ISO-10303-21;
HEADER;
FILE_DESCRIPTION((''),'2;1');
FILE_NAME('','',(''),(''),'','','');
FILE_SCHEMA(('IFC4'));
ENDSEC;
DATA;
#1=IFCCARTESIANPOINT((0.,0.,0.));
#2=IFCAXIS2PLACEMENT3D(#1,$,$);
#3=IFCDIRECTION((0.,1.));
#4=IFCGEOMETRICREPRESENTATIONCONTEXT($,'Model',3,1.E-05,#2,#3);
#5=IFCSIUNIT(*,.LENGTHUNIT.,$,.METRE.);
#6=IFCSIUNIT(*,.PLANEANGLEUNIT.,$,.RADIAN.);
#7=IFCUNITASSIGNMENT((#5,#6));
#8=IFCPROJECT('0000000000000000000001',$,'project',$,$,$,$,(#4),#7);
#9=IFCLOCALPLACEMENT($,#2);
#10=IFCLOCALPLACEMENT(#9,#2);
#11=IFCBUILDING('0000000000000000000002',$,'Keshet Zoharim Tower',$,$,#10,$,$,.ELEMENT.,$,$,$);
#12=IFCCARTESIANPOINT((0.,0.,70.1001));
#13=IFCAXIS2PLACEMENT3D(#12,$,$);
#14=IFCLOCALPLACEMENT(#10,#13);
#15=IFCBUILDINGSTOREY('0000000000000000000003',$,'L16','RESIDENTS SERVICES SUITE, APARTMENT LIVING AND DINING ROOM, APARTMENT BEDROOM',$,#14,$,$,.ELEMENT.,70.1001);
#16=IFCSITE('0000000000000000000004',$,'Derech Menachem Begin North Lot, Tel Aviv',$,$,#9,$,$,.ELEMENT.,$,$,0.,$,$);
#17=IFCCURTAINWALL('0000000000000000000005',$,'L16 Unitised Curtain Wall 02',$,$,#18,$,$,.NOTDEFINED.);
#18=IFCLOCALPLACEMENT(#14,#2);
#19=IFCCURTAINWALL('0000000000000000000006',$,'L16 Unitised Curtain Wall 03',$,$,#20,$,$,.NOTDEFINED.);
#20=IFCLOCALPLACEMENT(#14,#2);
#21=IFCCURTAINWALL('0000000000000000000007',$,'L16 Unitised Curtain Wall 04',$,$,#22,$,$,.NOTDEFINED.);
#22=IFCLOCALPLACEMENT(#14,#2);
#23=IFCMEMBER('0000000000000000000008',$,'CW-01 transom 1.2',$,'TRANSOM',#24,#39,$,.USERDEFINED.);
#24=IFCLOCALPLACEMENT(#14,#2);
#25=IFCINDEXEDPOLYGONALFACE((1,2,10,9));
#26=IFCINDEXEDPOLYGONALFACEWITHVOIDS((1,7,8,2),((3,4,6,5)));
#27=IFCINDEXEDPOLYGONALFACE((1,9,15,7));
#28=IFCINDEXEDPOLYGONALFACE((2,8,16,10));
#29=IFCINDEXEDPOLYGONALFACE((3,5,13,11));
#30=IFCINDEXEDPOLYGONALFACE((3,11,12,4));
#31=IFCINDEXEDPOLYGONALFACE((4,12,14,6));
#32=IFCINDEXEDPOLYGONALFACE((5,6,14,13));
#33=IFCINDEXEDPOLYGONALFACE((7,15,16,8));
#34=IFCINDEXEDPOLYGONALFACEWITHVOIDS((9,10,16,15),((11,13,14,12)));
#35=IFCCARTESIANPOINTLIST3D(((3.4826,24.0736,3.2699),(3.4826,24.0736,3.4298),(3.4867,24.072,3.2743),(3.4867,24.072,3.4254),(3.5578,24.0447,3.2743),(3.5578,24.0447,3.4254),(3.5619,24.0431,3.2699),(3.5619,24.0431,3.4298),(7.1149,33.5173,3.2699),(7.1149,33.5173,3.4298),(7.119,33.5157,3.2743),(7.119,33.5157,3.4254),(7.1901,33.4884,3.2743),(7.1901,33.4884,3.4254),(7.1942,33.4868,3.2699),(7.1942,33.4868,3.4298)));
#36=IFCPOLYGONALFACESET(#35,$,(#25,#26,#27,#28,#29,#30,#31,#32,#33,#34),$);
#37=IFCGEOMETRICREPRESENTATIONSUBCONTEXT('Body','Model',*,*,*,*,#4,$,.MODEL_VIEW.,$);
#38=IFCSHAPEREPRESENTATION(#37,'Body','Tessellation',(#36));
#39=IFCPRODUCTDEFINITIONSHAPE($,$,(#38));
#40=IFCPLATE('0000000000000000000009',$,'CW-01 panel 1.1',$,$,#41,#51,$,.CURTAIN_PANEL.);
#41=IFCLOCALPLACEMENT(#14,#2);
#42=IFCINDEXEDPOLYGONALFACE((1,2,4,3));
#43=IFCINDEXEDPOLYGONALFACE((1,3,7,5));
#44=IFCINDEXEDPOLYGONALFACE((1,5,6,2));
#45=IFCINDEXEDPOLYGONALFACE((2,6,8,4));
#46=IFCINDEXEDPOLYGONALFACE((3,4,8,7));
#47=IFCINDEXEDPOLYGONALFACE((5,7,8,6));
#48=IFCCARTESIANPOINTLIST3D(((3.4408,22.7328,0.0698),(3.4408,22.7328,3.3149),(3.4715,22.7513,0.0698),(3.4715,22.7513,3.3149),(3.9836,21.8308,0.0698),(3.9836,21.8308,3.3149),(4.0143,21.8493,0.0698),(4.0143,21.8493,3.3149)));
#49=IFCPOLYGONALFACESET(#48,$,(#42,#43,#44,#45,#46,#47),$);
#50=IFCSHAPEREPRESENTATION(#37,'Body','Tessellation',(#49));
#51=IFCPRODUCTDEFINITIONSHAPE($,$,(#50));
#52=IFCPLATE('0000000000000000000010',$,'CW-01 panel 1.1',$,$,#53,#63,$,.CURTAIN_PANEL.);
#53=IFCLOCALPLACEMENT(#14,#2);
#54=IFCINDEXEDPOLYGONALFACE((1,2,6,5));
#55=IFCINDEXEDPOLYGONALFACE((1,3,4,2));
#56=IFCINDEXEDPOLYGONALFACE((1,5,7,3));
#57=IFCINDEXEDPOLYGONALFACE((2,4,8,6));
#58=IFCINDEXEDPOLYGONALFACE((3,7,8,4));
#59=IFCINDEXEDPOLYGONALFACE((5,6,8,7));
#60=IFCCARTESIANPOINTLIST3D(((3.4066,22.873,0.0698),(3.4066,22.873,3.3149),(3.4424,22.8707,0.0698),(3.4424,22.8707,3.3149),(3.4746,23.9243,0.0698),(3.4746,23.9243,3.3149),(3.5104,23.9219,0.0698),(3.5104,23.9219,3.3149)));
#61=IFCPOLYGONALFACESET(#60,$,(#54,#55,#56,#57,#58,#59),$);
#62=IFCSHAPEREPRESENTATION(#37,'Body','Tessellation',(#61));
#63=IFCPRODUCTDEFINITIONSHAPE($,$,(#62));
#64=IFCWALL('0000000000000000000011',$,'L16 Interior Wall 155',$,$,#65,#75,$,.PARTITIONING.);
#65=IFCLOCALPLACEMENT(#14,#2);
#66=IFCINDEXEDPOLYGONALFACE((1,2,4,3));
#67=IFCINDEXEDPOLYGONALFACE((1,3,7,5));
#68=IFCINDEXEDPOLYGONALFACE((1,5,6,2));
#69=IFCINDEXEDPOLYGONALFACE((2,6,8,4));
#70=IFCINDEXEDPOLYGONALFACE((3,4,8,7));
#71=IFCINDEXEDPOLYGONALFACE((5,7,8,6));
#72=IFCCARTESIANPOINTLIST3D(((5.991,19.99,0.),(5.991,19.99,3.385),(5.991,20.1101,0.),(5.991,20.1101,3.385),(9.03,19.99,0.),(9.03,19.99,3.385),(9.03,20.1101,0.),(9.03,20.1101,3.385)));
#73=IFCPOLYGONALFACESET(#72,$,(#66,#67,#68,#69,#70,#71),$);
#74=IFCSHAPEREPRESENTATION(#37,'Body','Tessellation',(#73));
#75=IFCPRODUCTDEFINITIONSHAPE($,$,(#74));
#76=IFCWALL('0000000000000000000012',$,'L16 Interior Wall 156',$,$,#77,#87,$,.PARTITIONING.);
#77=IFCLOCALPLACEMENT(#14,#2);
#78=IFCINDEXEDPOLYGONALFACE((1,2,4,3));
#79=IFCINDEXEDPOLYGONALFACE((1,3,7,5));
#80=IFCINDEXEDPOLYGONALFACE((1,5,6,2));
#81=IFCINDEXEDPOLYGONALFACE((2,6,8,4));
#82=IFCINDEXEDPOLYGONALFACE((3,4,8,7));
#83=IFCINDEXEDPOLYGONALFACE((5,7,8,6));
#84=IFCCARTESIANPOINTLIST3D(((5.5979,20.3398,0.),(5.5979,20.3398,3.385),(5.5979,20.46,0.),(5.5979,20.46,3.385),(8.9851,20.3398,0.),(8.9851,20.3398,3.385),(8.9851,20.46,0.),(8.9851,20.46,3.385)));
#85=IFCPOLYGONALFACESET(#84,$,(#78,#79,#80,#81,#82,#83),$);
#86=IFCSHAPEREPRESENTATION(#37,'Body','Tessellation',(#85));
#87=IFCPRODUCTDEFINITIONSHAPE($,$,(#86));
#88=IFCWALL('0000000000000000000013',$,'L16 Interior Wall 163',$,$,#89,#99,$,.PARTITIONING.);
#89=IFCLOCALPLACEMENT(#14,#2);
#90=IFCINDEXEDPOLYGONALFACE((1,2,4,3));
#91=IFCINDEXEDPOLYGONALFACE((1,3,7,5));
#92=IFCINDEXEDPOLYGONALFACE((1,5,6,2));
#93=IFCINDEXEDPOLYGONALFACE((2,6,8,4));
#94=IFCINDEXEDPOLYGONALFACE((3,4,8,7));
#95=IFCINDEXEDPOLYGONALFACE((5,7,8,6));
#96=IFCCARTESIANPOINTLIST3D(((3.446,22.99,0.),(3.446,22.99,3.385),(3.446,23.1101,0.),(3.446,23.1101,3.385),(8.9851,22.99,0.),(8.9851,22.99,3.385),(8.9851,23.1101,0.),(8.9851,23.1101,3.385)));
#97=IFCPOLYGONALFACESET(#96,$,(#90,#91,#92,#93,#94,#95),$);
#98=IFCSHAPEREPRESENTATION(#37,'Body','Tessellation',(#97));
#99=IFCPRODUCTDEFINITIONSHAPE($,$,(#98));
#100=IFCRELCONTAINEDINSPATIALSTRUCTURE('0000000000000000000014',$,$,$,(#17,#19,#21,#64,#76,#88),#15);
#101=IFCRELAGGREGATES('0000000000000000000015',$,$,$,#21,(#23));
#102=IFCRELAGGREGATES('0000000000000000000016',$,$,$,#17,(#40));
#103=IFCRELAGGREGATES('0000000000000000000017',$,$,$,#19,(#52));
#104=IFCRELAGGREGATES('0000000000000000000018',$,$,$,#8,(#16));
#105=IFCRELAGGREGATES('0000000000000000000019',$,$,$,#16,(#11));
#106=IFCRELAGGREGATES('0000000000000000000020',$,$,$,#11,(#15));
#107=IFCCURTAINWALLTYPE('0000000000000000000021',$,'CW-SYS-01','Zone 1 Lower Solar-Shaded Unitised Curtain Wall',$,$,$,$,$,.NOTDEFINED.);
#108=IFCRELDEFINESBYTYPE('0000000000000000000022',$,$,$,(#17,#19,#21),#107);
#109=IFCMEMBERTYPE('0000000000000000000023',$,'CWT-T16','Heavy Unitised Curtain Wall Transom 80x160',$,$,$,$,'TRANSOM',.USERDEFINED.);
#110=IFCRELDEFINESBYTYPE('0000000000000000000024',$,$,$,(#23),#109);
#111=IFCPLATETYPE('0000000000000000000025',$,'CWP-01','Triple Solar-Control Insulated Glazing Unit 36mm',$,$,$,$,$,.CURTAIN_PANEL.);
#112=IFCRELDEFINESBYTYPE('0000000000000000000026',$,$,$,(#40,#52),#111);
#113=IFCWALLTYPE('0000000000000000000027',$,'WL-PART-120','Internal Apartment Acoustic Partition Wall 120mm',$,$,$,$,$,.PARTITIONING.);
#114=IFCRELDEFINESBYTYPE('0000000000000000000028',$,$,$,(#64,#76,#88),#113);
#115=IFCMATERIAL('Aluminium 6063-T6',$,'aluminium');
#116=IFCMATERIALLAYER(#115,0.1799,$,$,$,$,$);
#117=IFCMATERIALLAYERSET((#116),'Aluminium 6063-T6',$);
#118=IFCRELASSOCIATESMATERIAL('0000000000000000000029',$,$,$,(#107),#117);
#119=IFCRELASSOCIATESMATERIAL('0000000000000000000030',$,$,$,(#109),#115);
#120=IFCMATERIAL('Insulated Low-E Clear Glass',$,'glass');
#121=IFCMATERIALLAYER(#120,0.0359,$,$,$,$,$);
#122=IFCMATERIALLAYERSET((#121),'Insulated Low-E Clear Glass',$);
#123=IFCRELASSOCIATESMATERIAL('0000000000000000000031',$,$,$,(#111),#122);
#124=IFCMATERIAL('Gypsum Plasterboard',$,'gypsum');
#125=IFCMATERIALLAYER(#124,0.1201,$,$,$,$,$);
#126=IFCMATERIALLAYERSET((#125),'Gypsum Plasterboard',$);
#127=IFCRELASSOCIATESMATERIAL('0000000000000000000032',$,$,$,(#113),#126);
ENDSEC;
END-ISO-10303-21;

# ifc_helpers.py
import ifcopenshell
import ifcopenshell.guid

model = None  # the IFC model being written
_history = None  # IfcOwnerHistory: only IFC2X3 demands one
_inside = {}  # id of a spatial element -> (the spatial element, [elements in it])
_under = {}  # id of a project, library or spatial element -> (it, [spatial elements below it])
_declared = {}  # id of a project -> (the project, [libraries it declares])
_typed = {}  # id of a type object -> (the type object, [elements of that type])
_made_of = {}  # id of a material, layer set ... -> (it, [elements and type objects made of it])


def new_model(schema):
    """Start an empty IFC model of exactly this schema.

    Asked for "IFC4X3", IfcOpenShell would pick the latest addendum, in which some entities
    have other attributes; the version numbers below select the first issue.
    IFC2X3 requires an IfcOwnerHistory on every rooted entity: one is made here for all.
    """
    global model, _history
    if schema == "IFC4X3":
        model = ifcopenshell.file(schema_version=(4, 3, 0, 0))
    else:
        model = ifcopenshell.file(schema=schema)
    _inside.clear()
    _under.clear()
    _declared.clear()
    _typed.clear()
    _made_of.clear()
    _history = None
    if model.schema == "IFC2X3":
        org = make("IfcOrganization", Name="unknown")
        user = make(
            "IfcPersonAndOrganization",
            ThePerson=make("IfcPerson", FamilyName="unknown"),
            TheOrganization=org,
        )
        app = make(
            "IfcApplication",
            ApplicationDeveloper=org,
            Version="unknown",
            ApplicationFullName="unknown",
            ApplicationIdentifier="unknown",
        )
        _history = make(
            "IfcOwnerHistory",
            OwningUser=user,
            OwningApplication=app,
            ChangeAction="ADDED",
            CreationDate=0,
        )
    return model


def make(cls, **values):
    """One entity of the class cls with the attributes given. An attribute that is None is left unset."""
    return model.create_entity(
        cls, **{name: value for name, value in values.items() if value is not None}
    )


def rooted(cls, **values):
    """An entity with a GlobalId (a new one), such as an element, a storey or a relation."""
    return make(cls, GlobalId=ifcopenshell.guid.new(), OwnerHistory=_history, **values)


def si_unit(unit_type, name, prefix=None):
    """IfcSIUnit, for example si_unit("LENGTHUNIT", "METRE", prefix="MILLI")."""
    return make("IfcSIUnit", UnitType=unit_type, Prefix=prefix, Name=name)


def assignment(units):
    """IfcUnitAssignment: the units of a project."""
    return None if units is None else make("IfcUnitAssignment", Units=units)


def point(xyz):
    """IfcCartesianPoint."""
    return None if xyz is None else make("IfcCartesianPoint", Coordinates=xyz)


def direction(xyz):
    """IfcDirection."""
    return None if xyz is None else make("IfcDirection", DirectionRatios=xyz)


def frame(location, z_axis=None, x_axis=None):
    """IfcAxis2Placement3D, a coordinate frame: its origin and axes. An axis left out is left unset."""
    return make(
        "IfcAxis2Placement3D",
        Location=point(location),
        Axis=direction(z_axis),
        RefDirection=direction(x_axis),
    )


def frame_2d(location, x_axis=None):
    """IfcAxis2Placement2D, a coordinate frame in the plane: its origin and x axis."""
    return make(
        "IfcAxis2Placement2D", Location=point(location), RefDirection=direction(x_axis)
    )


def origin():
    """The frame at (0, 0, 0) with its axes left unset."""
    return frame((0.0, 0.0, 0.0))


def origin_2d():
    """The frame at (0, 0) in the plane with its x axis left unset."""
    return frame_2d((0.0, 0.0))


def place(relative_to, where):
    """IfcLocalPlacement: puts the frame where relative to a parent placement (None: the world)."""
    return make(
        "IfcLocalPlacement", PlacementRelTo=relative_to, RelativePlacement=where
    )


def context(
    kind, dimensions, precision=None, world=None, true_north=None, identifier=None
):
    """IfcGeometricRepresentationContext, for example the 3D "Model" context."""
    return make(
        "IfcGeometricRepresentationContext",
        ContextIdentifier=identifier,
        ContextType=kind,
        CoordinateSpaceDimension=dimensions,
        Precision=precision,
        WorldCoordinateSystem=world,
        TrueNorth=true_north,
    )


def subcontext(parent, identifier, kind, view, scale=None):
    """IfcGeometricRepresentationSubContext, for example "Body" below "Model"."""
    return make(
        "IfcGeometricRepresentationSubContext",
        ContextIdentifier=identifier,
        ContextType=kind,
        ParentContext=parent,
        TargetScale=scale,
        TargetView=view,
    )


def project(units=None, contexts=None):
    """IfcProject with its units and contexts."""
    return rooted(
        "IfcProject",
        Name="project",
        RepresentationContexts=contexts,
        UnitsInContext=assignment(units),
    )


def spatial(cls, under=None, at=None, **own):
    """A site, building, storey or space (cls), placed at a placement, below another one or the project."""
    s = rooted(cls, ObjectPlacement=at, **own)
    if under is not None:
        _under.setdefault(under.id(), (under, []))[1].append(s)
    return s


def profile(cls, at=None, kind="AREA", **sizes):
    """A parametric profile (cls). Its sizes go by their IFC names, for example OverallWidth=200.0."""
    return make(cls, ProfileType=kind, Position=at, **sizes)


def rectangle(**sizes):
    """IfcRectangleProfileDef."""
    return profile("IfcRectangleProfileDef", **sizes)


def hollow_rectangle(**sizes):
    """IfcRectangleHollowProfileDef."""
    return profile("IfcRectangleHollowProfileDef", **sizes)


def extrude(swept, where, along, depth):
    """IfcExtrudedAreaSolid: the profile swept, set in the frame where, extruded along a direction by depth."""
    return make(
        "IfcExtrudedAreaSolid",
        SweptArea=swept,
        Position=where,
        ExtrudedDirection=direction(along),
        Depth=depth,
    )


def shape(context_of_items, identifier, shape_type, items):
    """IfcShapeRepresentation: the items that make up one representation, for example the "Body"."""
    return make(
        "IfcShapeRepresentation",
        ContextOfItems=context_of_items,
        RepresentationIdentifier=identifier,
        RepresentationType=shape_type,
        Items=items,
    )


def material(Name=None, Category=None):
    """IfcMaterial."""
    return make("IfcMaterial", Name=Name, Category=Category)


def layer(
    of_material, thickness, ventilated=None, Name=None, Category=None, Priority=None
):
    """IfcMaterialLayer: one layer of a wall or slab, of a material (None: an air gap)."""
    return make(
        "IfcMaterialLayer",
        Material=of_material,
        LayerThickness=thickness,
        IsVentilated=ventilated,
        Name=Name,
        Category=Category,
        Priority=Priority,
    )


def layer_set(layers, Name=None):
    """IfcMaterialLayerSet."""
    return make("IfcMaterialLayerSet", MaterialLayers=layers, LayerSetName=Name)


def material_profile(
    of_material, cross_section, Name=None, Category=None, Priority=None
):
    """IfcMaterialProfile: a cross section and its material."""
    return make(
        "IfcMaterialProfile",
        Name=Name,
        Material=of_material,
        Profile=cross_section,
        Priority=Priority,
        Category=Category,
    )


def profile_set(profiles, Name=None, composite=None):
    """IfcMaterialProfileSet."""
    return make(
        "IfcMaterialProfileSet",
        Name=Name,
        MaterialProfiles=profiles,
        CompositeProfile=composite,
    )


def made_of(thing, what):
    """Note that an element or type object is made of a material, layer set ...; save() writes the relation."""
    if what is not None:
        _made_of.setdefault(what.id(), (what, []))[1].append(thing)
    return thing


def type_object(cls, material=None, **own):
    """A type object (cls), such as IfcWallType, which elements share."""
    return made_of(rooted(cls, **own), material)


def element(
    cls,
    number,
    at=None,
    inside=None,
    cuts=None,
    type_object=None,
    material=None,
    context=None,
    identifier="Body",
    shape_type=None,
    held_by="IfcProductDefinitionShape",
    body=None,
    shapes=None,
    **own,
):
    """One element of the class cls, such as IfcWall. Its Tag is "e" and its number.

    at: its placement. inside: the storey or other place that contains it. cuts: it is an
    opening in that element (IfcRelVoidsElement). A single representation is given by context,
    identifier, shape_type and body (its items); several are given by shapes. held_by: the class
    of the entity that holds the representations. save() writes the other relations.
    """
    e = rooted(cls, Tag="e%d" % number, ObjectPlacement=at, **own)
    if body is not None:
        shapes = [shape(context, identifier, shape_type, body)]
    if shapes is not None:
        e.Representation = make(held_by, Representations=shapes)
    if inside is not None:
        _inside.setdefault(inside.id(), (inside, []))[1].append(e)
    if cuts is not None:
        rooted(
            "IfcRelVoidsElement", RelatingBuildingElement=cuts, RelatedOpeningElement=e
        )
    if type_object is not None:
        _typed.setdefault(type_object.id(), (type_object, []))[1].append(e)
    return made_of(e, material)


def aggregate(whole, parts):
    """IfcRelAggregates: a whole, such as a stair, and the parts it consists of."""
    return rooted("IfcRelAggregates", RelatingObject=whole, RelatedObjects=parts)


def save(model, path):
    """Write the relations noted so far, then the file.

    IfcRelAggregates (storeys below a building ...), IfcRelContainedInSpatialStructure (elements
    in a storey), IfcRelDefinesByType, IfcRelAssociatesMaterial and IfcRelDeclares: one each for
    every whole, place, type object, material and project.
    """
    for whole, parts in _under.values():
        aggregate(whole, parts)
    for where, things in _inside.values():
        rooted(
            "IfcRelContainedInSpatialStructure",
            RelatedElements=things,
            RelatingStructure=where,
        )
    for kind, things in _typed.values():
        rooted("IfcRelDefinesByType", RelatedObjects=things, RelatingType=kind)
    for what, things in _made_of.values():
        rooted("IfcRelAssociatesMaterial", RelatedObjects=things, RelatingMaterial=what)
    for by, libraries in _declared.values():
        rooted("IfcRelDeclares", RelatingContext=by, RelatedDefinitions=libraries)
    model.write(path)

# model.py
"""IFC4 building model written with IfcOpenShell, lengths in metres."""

from ifc_helpers import new_model, si_unit, direction, frame, frame_2d, origin, origin_2d, place, context, subcontext, project, spatial, rectangle, hollow_rectangle, extrude, material, layer, layer_set, material_profile, profile_set, type_object, element, aggregate, save


model = new_model("IFC4")

# Units and contexts
model_context = context("Model", 3, precision=1e-05, world=origin(), true_north=direction((0.0, 1.0)))
body_context = subcontext(model_context, "Body", "Model", "MODEL_VIEW")
ifc_project = project(units=[si_unit("LENGTHUNIT", "METRE"), si_unit("PLANEANGLEUNIT", "RADIAN")], contexts=[model_context])

# Site, building, storey
site_placement = place(None, origin())
site = spatial("IfcSite", under=ifc_project, at=site_placement, Name="Derech Menachem Begin North Lot, Tel Aviv", CompositionType="ELEMENT", RefElevation=0.0)
building_placement = place(site_placement, origin())
building = spatial("IfcBuilding", under=site, at=building_placement, Name="Keshet Zoharim Tower", CompositionType="ELEMENT")
storey_placement = place(building_placement, frame((0.0, 0.0, 70.1001)))
storey = spatial("IfcBuildingStorey", under=building, at=storey_placement, Name="L16", Description="RESIDENTS SERVICES SUITE, APARTMENT LIVING AND DINING ROOM, APARTMENT BEDROOM", CompositionType="ELEMENT", Elevation=70.1001)

# Shared definitions
ifc_material_1 = material(Name="Aluminium 6063-T6", Category="aluminium")
ifc_layer_1 = layer(ifc_material_1, 0.1799)
ifc_layer_set_1 = layer_set([ifc_layer_1], Name="Aluminium 6063-T6")
curtain_wall_type = type_object("IfcCurtainWallType", Name="CW-SYS-01", Description="Zone 1 Lower Solar-Shaded Unitised Curtain Wall", PredefinedType="NOTDEFINED", material=ifc_layer_set_1)

# Curtain walls
curtain_wall_1_placement = place(storey_placement, origin())
curtain_wall_1 = element("IfcCurtainWall", 1, at=curtain_wall_1_placement, inside=storey, type_object=curtain_wall_type, Name="L16 Unitised Curtain Wall 02", PredefinedType="NOTDEFINED")
curtain_wall_2_placement = place(storey_placement, origin())
curtain_wall_2 = element("IfcCurtainWall", 2, at=curtain_wall_2_placement, inside=storey, type_object=curtain_wall_type, Name="L16 Unitised Curtain Wall 03", PredefinedType="NOTDEFINED")

# Curtain wall
curtain_wall_3_placement = place(storey_placement, origin())
curtain_wall_3 = element("IfcCurtainWall", 3, at=curtain_wall_3_placement, inside=storey, type_object=curtain_wall_type, Name="L16 Unitised Curtain Wall 04", PredefinedType="NOTDEFINED")

# Member
ifc_material_profile_1 = material_profile(ifc_material_1, hollow_rectangle(XDim=0.085, YDim=0.1599, WallThickness=0.0044, at=origin_2d()), Name="TRN-85x160")
ifc_profile_set_1 = profile_set([ifc_material_profile_1], Name="Aluminium 6063-T6")
member_type_1 = type_object("IfcMemberType", Name="CWT-T16", Description="Heavy Unitised Curtain Wall Transom 80x160", ElementType="TRANSOM", PredefinedType="USERDEFINED", material=ifc_profile_set_1)
member_1_placement = place(storey_placement, frame((3.5222, 24.0583, 3.3499), z_axis=(0.358994, 0.93334, 0.0), x_axis=(-0.93334, 0.358994, 0.0)))
member_1 = element("IfcMember", 4, at=member_1_placement, type_object=member_type_1, Name="CW-01 transom 1.2", ObjectType="TRANSOM", PredefinedType="USERDEFINED", context=body_context, shape_type="SweptSolid", body=[
    extrude(hollow_rectangle(XDim=0.085, YDim=0.1599, WallThickness=0.0044, at=origin_2d()), origin(), (0.0, 0.0, 1.0), 10.1182),
])
aggregate(curtain_wall_3, [member_1])

# Plates
ifc_material_2 = material(Name="Insulated Low-E Clear Glass", Category="glass")
ifc_layer_2 = layer(ifc_material_2, 0.0359)
ifc_layer_set_2 = layer_set([ifc_layer_2], Name="Insulated Low-E Clear Glass")
plate_type = type_object("IfcPlateType", Name="CWP-01", Description="Triple Solar-Control Insulated Glazing Unit 36mm", PredefinedType="CURTAIN_PANEL", material=ifc_layer_set_2)
plate_1_placement = place(storey_placement, frame((3.7275, 22.291, 0.0698), z_axis=(0.0, 0.0, 1.0), x_axis=(-0.515605, 0.856826, 0.0)))
plate_1 = element("IfcPlate", 5, at=plate_1_placement, type_object=plate_type, Name="CW-01 panel 1.1", PredefinedType="CURTAIN_PANEL", context=body_context, shape_type="SweptSolid", body=[
    extrude(rectangle(XDim=1.0527, YDim=0.0359, at=origin_2d()), origin(), (0.0, 0.0, 1.0), 3.2451),
])
aggregate(curtain_wall_1, [plate_1])
plate_2_placement = place(storey_placement, frame((3.4585, 23.3975, 0.0698), z_axis=(0.0, 0.0, 1.0), x_axis=(0.064517, 0.997917, 0.0)))
plate_2 = element("IfcPlate", 6, at=plate_2_placement, type_object=plate_type, Name="CW-01 panel 1.1", PredefinedType="CURTAIN_PANEL", context=body_context, shape_type="SweptSolid", body=[
    extrude(rectangle(XDim=1.0535, YDim=0.0359, at=origin_2d()), origin(), (0.0, 0.0, 1.0), 3.2451),
])
aggregate(curtain_wall_2, [plate_2])

# Shared definitions
ifc_material_3 = material(Name="Gypsum Plasterboard", Category="gypsum")
ifc_layer_3 = layer(ifc_material_3, 0.1201)
ifc_layer_set_3 = layer_set([ifc_layer_3], Name="Gypsum Plasterboard")
wall_type = type_object("IfcWallType", Name="WL-PART-120", Description="Internal Apartment Acoustic Partition Wall 120mm", PredefinedType="PARTITIONING", material=ifc_layer_set_3)

# Walls
wall_1_placement = place(storey_placement, frame((5.991, 20.05, 0.0), z_axis=(0.0, 0.0, 1.0), x_axis=(1.0, 0.0, 0.0)))
element("IfcWall", 7, at=wall_1_placement, inside=storey, type_object=wall_type, Name="L16 Interior Wall 155", PredefinedType="PARTITIONING", context=body_context, shape_type="SweptSolid", body=[
    extrude(rectangle(XDim=3.0391, YDim=0.1201, at=frame_2d((1.5195, 0.0))), origin(), (0.0, 0.0, 1.0), 3.385),
])
wall_2_placement = place(storey_placement, frame((5.5979, 20.3999, 0.0), z_axis=(0.0, 0.0, 1.0), x_axis=(1.0, 0.0, 0.0)))
element("IfcWall", 8, at=wall_2_placement, inside=storey, type_object=wall_type, Name="L16 Interior Wall 156", PredefinedType="PARTITIONING", context=body_context, shape_type="SweptSolid", body=[
    extrude(rectangle(XDim=3.3872, YDim=0.1201, at=frame_2d((1.6936, 0.0))), origin(), (0.0, 0.0, 1.0), 3.385),
])
wall_3_placement = place(storey_placement, frame((3.446, 23.05, 0.0), z_axis=(0.0, 0.0, 1.0), x_axis=(1.0, 0.0, 0.0)))
element("IfcWall", 9, at=wall_3_placement, inside=storey, type_object=wall_type, Name="L16 Interior Wall 163", PredefinedType="PARTITIONING", context=body_context, shape_type="SweptSolid", body=[
    extrude(rectangle(XDim=5.5391, YDim=0.1201, at=frame_2d((2.7695, 0.0))), origin(), (0.0, 0.0, 1.0), 3.385),
])

save(model, "model.ifc")
